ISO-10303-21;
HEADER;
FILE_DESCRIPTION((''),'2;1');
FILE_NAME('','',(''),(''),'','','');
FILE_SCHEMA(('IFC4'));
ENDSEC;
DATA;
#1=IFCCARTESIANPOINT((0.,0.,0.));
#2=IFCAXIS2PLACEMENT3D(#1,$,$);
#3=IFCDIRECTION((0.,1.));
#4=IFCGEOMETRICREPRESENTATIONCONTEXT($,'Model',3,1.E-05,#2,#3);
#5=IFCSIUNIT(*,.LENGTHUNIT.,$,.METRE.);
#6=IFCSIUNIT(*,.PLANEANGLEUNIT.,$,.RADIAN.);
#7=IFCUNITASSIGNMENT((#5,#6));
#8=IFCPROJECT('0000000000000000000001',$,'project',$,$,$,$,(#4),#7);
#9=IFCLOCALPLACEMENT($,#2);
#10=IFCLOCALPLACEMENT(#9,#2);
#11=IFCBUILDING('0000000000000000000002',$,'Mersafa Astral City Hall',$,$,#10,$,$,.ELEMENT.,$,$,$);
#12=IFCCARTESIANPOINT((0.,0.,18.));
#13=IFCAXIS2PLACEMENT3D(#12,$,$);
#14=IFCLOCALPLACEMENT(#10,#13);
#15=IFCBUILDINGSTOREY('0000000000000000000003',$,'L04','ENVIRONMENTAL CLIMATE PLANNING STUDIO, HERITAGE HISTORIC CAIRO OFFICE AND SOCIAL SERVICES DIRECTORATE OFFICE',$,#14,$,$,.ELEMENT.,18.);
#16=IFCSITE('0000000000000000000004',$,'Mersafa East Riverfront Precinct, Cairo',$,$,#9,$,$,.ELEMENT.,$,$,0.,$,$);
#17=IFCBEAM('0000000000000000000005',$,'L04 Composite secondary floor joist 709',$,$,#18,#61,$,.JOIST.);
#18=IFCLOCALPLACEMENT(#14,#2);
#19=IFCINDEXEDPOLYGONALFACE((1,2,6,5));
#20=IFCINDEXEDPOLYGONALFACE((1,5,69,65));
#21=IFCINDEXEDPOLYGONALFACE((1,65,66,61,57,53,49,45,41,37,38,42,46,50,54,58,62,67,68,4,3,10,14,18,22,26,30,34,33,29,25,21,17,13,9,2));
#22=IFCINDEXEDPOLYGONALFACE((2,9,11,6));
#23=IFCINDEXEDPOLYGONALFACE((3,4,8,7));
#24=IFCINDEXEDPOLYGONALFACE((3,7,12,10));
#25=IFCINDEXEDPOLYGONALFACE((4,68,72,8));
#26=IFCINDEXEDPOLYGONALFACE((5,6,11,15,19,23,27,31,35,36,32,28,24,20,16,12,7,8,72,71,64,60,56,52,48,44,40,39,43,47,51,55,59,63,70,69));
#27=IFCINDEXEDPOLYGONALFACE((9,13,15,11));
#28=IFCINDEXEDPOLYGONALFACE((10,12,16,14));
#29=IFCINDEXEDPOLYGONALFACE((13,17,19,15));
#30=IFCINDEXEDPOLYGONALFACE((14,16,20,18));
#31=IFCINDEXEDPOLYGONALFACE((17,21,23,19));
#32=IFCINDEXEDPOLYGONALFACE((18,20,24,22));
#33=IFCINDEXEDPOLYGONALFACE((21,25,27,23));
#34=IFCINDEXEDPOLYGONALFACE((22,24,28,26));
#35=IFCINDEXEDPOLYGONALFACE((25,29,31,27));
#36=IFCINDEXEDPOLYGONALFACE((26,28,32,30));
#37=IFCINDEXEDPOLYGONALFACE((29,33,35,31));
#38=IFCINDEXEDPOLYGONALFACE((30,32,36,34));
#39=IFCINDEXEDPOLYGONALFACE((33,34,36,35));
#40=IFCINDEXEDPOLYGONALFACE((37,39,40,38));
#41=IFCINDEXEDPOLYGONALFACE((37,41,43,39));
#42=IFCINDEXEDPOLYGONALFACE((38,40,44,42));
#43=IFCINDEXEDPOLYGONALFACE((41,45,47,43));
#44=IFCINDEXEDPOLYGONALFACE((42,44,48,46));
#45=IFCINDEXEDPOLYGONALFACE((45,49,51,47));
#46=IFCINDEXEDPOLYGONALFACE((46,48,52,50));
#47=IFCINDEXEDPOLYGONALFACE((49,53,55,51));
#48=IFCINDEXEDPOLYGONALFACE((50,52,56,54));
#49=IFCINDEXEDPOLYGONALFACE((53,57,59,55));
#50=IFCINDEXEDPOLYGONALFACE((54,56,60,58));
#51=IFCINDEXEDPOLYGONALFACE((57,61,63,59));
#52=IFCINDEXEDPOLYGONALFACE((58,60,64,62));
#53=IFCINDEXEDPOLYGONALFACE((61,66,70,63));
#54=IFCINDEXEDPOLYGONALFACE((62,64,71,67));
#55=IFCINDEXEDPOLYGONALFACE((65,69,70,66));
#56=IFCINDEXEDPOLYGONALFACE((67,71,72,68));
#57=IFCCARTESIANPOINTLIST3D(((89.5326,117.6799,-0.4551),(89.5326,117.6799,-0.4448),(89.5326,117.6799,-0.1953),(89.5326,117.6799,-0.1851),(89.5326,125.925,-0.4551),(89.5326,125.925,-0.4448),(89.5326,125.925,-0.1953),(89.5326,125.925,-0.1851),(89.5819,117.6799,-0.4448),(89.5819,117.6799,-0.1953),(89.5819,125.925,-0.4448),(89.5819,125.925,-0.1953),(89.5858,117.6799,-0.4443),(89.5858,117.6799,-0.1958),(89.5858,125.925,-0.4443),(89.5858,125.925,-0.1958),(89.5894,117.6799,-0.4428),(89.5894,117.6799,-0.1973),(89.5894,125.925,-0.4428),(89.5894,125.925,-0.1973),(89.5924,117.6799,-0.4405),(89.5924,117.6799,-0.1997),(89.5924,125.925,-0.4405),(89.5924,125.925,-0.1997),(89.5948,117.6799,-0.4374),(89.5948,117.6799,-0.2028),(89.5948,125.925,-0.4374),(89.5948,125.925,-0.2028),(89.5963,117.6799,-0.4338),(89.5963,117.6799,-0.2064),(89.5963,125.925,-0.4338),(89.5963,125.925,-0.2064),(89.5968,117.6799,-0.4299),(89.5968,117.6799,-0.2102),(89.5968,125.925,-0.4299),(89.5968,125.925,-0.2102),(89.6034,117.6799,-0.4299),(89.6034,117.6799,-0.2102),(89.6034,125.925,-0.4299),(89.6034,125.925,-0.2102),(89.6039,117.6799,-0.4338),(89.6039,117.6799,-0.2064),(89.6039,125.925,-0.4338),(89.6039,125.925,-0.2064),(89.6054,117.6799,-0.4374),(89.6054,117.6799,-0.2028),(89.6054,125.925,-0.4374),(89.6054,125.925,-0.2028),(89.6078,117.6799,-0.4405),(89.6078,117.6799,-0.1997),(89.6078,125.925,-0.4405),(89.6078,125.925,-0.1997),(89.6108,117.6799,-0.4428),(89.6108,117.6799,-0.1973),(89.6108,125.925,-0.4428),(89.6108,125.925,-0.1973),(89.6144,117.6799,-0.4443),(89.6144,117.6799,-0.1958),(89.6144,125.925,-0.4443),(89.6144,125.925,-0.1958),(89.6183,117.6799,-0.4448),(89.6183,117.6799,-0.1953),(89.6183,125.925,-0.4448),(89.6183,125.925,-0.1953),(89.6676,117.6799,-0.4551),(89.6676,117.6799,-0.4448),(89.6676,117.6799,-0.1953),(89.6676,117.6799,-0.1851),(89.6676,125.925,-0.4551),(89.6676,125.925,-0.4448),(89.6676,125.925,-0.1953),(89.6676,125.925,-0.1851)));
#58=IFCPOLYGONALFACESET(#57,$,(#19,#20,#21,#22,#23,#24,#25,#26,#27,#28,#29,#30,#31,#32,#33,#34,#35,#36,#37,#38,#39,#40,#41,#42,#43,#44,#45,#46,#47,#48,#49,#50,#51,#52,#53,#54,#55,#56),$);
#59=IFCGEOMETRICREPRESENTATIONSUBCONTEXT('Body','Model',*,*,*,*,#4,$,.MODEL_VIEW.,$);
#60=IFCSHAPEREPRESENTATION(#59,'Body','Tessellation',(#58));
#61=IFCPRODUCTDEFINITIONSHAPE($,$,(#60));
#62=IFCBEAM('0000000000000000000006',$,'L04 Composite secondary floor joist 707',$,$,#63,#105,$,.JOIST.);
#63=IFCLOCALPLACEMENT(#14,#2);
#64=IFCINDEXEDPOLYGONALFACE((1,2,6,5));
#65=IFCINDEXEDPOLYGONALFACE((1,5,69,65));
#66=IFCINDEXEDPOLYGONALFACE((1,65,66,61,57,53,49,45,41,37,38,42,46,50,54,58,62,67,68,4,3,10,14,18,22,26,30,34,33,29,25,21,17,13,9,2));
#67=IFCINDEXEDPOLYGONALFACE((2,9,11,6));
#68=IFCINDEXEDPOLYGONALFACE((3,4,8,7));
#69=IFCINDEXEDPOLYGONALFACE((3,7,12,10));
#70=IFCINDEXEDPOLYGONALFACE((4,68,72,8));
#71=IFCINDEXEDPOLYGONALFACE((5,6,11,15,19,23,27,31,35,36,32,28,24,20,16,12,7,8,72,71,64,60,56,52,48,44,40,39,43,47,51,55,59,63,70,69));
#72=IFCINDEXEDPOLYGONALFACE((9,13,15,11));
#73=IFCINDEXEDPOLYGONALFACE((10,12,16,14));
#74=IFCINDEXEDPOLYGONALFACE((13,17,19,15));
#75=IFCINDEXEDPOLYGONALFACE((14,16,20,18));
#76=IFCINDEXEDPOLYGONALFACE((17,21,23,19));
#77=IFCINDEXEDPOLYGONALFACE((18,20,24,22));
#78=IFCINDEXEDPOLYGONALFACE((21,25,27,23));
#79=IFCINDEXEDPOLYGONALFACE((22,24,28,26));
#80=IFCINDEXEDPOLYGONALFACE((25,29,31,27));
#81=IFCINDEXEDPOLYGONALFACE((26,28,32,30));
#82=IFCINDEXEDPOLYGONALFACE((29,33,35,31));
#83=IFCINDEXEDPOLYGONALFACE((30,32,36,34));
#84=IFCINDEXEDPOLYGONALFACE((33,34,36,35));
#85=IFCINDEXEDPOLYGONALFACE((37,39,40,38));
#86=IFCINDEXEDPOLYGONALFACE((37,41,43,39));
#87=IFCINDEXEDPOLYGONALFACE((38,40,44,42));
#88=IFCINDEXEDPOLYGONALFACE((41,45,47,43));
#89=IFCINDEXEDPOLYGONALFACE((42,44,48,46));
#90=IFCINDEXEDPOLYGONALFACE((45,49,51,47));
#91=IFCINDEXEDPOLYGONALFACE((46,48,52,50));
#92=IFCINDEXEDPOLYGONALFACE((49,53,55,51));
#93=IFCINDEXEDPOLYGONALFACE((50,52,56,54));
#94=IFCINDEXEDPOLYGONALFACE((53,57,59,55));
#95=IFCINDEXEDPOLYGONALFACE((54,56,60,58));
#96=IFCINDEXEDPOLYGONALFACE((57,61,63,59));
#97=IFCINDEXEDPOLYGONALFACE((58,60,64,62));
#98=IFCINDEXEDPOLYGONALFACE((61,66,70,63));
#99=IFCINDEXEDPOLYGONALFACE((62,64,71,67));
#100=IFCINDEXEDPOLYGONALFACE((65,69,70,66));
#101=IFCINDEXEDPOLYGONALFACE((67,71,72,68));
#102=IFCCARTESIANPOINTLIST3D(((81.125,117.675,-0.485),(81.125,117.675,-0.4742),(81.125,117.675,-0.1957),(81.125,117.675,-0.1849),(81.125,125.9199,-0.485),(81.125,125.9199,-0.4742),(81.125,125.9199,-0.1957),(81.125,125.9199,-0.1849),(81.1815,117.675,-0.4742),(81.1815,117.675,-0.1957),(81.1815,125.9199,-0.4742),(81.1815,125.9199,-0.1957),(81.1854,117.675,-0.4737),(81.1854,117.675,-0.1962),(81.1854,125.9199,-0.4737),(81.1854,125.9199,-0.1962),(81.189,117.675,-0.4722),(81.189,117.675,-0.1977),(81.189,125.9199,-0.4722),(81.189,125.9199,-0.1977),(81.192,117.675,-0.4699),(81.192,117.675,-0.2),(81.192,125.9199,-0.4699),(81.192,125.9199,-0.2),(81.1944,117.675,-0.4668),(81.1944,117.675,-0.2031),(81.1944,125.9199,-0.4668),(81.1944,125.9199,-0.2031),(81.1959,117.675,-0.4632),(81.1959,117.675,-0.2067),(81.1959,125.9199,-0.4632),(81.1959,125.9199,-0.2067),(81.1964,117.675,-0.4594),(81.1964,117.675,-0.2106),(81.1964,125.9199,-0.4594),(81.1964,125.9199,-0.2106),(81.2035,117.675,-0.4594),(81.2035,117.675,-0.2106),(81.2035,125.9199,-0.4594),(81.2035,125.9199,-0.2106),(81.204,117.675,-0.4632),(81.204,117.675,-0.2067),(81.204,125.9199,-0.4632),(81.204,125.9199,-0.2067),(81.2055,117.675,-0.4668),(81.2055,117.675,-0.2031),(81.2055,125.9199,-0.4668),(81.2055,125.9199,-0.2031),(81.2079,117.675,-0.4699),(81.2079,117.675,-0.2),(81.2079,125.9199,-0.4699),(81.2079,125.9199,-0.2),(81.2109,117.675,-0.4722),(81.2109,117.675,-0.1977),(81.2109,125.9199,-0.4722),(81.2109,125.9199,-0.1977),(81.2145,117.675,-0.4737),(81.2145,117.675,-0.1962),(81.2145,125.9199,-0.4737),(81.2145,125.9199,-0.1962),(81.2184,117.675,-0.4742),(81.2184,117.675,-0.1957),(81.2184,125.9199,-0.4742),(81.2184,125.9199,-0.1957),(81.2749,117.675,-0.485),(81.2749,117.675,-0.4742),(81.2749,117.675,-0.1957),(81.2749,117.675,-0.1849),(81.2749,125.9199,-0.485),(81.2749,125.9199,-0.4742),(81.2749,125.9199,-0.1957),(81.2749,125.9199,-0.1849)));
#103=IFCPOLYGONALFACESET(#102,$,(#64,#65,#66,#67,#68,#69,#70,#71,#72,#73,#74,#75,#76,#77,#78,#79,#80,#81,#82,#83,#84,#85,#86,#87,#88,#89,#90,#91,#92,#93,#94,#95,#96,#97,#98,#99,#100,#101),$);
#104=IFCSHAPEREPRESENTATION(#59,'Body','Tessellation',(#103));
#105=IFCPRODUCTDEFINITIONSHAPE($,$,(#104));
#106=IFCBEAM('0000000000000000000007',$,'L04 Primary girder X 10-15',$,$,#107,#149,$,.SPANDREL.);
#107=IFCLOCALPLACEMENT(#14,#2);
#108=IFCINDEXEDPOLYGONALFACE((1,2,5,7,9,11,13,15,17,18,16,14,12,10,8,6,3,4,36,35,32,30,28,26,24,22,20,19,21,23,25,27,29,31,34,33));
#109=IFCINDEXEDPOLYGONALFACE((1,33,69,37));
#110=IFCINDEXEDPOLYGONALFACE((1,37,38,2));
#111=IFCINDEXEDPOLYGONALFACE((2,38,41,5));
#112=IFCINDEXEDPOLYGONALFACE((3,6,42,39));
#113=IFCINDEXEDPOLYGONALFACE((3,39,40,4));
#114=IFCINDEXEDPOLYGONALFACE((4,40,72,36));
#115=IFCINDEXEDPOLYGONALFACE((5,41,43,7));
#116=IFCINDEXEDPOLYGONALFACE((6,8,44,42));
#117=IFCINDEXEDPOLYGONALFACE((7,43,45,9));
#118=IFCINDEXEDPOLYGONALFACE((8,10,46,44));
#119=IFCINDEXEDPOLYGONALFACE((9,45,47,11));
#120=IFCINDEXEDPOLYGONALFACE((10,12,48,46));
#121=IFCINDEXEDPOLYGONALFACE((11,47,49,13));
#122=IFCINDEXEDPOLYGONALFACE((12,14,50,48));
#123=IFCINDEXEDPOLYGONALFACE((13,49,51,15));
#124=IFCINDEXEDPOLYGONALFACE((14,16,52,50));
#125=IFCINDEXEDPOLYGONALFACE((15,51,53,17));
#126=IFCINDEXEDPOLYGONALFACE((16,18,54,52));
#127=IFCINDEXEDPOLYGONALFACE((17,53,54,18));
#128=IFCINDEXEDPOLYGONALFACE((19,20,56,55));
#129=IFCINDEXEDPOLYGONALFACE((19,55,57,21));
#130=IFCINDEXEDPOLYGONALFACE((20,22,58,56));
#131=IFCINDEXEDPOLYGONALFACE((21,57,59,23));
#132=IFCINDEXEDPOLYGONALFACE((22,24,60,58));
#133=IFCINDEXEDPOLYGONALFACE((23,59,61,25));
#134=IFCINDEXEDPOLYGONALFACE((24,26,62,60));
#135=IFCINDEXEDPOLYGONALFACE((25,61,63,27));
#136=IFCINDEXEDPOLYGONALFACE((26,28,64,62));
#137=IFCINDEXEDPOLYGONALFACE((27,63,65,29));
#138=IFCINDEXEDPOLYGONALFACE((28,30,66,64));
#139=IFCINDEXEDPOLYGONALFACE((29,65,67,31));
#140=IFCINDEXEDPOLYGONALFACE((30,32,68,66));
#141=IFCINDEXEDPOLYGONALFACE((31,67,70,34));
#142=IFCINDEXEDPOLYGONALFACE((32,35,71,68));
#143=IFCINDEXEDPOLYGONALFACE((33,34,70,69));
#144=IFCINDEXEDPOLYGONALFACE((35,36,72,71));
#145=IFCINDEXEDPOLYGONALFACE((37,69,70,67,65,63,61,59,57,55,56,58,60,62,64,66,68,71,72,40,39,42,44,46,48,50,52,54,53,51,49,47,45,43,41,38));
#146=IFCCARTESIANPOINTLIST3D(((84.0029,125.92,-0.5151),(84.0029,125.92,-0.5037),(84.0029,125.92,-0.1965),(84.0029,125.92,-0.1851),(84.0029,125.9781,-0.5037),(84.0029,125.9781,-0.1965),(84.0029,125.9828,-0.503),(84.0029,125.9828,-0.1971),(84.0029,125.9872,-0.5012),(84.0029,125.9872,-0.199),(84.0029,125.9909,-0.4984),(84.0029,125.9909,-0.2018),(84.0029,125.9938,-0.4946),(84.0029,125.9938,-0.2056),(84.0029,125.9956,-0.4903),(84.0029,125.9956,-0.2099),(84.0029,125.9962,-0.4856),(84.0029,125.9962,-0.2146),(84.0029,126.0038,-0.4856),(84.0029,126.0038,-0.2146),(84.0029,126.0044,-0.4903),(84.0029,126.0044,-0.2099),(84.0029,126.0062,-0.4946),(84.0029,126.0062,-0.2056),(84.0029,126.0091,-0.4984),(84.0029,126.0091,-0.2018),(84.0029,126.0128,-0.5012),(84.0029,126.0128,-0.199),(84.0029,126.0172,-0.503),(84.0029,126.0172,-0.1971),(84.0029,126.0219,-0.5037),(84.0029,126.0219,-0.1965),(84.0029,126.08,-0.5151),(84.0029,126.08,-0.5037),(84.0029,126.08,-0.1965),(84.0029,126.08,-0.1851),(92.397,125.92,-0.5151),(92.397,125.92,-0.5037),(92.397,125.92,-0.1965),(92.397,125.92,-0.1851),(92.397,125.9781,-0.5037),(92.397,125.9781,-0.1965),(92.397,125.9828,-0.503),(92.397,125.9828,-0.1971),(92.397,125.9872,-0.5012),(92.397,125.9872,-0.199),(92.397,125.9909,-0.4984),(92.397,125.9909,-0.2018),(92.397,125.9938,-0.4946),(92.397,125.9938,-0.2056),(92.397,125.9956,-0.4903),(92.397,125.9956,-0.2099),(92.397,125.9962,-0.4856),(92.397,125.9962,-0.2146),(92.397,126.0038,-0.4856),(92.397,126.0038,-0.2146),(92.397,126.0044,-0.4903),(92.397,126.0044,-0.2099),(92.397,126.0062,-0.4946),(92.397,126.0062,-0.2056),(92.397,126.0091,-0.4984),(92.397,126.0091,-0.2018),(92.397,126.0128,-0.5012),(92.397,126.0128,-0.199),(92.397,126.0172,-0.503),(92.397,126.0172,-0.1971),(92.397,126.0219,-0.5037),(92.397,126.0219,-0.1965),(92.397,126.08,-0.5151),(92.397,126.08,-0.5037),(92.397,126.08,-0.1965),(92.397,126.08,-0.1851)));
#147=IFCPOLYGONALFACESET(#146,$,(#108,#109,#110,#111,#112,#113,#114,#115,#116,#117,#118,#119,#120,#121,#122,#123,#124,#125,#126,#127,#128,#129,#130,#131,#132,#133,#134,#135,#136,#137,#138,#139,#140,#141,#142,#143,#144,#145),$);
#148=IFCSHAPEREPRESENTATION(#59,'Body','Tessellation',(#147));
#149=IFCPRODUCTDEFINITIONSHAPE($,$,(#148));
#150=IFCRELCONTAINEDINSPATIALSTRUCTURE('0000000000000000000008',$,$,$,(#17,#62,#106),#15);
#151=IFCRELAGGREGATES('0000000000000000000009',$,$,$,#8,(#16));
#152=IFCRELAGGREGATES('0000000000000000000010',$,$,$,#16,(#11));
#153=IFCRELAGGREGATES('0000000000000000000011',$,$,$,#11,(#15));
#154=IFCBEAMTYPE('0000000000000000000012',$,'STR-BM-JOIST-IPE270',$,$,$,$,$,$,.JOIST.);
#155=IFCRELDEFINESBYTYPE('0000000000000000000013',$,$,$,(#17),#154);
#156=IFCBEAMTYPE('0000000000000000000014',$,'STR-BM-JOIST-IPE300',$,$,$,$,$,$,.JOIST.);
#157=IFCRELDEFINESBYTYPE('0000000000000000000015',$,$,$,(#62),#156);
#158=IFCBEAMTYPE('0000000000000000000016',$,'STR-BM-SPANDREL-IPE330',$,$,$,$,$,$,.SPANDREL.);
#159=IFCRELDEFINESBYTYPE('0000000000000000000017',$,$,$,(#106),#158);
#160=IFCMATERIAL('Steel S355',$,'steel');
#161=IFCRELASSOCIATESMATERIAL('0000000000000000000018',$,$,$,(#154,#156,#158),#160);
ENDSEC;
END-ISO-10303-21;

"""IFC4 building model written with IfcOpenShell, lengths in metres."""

from ifc_helpers import new_model, si_unit, direction, frame, origin, origin_2d, place, context, subcontext, project, spatial, i_section, extrude, material, material_profile, profile_set, type_object, element, save


model = new_model("IFC4")

# Units and contexts
model_context = context("Model", 3, precision=1e-05, world=origin(), true_north=direction((0.0, 1.0)))
body_context = subcontext(model_context, "Body", "Model", "MODEL_VIEW")
ifc_project = project(units=[si_unit("LENGTHUNIT", "METRE"), si_unit("PLANEANGLEUNIT", "RADIAN")], contexts=[model_context])

# Site, building, storey
site_placement = place(None, origin())
site = spatial("IfcSite", under=ifc_project, at=site_placement, Name="Mersafa East Riverfront Precinct, Cairo", CompositionType="ELEMENT", RefElevation=0.0)
building_placement = place(site_placement, origin())
building = spatial("IfcBuilding", under=site, at=building_placement, Name="Mersafa Astral City Hall", CompositionType="ELEMENT")
storey_placement = place(building_placement, frame((0.0, 0.0, 18.0)))
storey = spatial("IfcBuildingStorey", under=building, at=storey_placement, Name="L04", Description="ENVIRONMENTAL CLIMATE PLANNING STUDIO, HERITAGE HISTORIC CAIRO OFFICE AND SOCIAL SERVICES DIRECTORATE OFFICE", CompositionType="ELEMENT", Elevation=18.0)

# Shared definitions
ifc_material_1 = material(Name="Steel S355", Category="steel")

# Beams
ifc_material_profile_1 = material_profile(ifc_material_1, i_section(OverallWidth=0.135, OverallDepth=0.27, WebThickness=0.0066, FlangeThickness=0.0103, FilletRadius=0.0149, at=origin_2d()), Name="IPE 270")
ifc_profile_set_1 = profile_set([ifc_material_profile_1], Name="Steel S355")
beam_type_1 = type_object("IfcBeamType", Name="STR-BM-JOIST-IPE270", PredefinedType="JOIST", material=ifc_profile_set_1)
for number, where, z_axis, x_axis, name in (
    (1, (89.6001, 117.6799, -0.3201), (0.0, 1.0, 0.0), (-1.0, 0.0, 0.0), "L04 Composite secondary floor joist 709"),
):
    element("IfcBeam", number, at=place(storey_placement, frame(where, z_axis=z_axis, x_axis=x_axis)), inside=storey, type_object=beam_type_1, Name=name, PredefinedType="JOIST", context=body_context, shape_type="SweptSolid", body=[
        extrude(i_section(OverallWidth=0.135, OverallDepth=0.27, WebThickness=0.0066, FlangeThickness=0.0103, FilletRadius=0.0149, at=origin_2d()), origin(), (0.0, 0.0, 1.0), 8.2451),
    ])
ifc_material_profile_2 = material_profile(ifc_material_1, i_section(OverallWidth=0.1499, OverallDepth=0.3, WebThickness=0.0071, FlangeThickness=0.0107, FilletRadius=0.0149, at=origin_2d()), Name="IPE 300")
ifc_profile_set_2 = profile_set([ifc_material_profile_2], Name="Steel S355")
beam_type_2 = type_object("IfcBeamType", Name="STR-BM-JOIST-IPE300", PredefinedType="JOIST", material=ifc_profile_set_2)
beam_1_placement = place(storey_placement, frame((81.2, 117.675, -0.335), z_axis=(0.0, 1.0, 0.0), x_axis=(-1.0, 0.0, 0.0)))
element("IfcBeam", 2, at=beam_1_placement, inside=storey, type_object=beam_type_2, Name="L04 Composite secondary floor joist 707", PredefinedType="JOIST", context=body_context, shape_type="SweptSolid", body=[
    extrude(i_section(OverallWidth=0.1499, OverallDepth=0.3, WebThickness=0.0071, FlangeThickness=0.0107, FilletRadius=0.0149, at=origin_2d()), origin(), (0.0, 0.0, 1.0), 8.2449),
])
ifc_material_profile_3 = material_profile(ifc_material_1, i_section(OverallWidth=0.1599, OverallDepth=0.3301, WebThickness=0.0076, FlangeThickness=0.0115, FilletRadius=0.0181, at=origin_2d()), Name="IPE 330")
ifc_profile_set_3 = profile_set([ifc_material_profile_3], Name="Steel S355")
beam_type_3 = type_object("IfcBeamType", Name="STR-BM-SPANDREL-IPE330", PredefinedType="SPANDREL", material=ifc_profile_set_3)
beam_2_placement = place(storey_placement, frame((84.0029, 126.0, -0.3501), z_axis=(1.0, 0.0, 0.0), x_axis=(0.0, 1.0, 0.0)))
element("IfcBeam", 3, at=beam_2_placement, inside=storey, type_object=beam_type_3, Name="L04 Primary girder X 10-15", PredefinedType="SPANDREL", context=body_context, shape_type="SweptSolid", body=[
    extrude(i_section(OverallWidth=0.1599, OverallDepth=0.3301, WebThickness=0.0076, FlangeThickness=0.0115, FilletRadius=0.0181, at=origin_2d()), origin(), (0.0, 0.0, 1.0), 8.394),
])

save(model, "model.ifc")
